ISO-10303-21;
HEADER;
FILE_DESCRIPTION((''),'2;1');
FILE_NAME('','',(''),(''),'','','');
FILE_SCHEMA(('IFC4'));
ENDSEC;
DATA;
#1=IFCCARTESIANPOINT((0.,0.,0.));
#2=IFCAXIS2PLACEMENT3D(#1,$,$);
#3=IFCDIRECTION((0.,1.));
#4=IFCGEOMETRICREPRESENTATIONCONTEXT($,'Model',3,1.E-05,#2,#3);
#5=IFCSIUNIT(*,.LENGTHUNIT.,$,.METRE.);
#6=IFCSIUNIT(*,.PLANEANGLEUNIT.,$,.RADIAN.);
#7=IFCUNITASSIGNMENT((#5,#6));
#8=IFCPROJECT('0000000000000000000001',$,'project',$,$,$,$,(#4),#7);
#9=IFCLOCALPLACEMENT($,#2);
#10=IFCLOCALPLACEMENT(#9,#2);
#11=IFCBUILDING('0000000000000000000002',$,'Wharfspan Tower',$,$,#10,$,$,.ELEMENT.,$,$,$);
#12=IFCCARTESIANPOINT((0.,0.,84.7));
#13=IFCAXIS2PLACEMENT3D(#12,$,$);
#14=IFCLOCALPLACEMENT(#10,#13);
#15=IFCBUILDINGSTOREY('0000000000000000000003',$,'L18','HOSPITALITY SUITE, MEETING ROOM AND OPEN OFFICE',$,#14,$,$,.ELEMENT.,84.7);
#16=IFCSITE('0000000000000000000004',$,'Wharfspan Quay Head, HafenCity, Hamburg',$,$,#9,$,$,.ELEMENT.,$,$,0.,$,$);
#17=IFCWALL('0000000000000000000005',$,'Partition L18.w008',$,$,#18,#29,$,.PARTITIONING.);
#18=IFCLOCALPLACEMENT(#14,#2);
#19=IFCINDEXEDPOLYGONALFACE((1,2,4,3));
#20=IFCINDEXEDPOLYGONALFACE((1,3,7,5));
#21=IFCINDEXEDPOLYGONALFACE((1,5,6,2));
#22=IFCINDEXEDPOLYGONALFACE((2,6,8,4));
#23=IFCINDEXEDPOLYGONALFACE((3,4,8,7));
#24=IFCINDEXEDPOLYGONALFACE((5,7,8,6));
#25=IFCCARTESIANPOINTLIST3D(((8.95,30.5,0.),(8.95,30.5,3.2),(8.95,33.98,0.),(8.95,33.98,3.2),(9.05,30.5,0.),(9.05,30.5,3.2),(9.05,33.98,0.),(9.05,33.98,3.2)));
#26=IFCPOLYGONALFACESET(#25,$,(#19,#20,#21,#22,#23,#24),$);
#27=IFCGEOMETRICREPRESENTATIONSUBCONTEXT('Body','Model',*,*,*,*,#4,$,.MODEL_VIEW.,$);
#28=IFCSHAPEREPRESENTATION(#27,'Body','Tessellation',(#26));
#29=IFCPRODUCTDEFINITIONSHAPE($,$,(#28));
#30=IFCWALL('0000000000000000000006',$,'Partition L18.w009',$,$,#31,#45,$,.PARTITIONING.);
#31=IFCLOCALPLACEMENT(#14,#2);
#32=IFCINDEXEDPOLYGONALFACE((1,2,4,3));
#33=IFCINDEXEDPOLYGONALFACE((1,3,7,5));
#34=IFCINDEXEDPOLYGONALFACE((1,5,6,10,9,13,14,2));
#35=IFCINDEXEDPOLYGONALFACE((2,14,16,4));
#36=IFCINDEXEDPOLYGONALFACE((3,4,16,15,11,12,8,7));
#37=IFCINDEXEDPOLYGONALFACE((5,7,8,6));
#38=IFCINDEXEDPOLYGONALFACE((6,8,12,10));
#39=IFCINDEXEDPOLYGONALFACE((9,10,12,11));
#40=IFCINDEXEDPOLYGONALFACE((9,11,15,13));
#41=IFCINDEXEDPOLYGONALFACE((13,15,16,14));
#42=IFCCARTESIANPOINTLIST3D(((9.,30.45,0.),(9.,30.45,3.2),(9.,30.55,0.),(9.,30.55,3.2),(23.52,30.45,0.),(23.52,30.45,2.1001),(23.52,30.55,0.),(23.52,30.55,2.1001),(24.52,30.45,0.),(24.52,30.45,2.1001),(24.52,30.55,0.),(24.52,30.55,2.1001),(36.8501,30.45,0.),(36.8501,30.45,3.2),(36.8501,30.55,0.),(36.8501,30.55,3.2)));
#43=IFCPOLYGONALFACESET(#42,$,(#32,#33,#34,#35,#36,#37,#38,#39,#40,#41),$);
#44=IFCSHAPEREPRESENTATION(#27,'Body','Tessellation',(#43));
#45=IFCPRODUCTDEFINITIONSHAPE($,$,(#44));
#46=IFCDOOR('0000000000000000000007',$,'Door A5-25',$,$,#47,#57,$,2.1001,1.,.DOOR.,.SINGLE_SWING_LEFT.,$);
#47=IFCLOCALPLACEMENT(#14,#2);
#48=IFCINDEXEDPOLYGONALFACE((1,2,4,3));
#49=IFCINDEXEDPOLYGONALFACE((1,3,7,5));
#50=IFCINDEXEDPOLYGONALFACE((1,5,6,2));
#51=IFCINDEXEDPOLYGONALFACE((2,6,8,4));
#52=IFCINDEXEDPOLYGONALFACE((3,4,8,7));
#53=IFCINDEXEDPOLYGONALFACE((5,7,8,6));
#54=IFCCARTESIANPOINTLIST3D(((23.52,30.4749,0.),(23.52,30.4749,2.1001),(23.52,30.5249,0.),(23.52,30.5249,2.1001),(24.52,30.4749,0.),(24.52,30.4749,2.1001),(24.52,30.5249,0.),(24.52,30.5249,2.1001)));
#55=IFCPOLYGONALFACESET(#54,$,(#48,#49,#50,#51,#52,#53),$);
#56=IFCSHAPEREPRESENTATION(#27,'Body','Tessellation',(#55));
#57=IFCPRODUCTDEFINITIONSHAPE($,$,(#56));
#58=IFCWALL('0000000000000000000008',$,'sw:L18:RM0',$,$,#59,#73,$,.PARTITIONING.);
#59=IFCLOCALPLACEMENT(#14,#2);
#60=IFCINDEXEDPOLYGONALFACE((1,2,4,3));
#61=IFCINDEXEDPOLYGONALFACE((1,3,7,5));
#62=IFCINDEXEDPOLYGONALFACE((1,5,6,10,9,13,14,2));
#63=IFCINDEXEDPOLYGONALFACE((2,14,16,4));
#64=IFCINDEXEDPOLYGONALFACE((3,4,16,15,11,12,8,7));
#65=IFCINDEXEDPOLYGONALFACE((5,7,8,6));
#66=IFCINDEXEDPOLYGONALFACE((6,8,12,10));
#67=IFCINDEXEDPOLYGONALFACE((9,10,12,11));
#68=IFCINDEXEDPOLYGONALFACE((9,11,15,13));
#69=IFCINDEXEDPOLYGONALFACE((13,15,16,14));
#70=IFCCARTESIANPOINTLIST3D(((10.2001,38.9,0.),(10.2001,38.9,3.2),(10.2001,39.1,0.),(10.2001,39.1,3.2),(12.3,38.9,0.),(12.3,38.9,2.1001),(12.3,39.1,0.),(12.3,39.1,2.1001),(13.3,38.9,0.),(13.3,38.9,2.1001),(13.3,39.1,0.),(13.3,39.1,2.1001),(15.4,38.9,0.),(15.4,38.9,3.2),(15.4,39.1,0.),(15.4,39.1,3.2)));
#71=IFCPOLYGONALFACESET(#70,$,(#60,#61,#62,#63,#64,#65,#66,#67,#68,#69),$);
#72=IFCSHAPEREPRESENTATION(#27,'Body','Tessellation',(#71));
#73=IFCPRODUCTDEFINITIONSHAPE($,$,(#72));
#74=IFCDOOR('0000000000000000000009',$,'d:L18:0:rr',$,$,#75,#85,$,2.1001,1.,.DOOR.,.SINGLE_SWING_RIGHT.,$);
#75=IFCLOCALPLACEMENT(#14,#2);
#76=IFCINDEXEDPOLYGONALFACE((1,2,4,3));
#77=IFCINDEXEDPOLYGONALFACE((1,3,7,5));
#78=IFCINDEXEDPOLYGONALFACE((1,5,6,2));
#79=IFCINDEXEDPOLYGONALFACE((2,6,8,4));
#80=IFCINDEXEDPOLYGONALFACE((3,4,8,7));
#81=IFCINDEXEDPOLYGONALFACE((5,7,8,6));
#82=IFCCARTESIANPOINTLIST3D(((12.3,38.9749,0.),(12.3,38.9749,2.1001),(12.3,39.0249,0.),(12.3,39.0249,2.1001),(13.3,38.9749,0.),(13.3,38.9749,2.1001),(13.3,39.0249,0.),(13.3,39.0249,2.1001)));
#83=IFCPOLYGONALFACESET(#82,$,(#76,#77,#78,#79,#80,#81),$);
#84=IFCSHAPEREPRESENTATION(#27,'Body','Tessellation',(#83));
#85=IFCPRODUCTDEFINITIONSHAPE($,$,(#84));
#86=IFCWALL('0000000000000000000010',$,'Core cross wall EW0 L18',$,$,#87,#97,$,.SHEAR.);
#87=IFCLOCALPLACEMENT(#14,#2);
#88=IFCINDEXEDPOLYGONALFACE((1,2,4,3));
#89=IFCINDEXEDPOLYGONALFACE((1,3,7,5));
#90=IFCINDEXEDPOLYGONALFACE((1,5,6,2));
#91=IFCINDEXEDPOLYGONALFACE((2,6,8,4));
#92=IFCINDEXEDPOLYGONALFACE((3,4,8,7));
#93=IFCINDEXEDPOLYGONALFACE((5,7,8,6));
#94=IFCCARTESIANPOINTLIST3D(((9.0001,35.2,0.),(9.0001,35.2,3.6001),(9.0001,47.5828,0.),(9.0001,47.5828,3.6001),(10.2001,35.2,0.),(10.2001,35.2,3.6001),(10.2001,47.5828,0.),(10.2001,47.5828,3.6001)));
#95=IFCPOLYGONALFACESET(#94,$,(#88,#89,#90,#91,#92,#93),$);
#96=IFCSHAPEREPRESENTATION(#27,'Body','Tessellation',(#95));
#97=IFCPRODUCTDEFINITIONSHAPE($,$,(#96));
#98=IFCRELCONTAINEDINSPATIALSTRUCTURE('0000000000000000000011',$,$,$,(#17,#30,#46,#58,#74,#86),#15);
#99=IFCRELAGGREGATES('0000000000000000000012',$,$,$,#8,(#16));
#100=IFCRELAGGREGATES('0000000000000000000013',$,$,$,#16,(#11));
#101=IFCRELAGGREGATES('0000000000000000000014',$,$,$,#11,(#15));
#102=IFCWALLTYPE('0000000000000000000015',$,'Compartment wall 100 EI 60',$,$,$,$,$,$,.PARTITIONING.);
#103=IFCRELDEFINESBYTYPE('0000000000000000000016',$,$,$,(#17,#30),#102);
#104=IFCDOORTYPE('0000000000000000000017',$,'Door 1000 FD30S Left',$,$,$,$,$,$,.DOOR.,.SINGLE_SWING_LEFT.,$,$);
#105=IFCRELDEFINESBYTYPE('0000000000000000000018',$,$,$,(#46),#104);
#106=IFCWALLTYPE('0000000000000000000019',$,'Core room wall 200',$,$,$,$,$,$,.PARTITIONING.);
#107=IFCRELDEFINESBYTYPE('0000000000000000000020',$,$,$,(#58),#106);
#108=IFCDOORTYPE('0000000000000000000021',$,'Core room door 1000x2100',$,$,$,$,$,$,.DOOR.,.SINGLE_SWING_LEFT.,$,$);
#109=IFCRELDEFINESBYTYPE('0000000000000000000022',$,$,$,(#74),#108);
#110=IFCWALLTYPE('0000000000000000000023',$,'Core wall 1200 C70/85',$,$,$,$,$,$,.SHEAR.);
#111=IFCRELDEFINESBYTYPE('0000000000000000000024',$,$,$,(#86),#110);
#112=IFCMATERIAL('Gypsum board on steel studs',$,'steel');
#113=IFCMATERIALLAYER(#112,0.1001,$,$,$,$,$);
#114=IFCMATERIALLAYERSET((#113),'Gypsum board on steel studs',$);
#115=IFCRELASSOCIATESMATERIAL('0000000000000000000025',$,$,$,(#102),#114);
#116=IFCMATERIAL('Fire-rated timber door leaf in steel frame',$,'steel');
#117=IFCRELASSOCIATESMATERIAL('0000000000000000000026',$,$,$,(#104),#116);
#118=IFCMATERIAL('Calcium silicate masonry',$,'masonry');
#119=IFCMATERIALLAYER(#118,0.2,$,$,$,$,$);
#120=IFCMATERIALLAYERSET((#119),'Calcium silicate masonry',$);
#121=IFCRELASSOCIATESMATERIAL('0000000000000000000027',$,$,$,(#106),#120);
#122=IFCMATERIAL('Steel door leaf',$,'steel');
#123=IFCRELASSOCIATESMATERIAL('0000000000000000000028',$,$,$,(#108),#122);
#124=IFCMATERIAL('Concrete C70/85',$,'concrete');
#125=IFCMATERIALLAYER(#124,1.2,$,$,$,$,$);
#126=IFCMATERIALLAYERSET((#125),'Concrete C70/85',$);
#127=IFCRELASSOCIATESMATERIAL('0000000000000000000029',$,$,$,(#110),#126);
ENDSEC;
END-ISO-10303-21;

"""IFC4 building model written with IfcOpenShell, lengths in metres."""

from ifc_helpers import new_model, si_unit, direction, frame, frame_2d, origin, place, context, subcontext, project, spatial, rectangle, extrude, material, layer, layer_set, type_object, element, fill, save


model = new_model("IFC4")

# Units and contexts
model_context = context("Model", 3, precision=1e-05, world=origin(), true_north=direction((0.0, 1.0)))
body_context = subcontext(model_context, "Body", "Model", "MODEL_VIEW")
ifc_project = project(units=[si_unit("LENGTHUNIT", "METRE"), si_unit("PLANEANGLEUNIT", "RADIAN")], contexts=[model_context])

# Site, building, storey
site_placement = place(None, origin())
site = spatial("IfcSite", under=ifc_project, at=site_placement, Name="Wharfspan Quay Head, HafenCity, Hamburg", CompositionType="ELEMENT", RefElevation=0.0)
building_placement = place(site_placement, origin())
building = spatial("IfcBuilding", under=site, at=building_placement, Name="Wharfspan Tower", CompositionType="ELEMENT")
storey_placement = place(building_placement, frame((0.0, 0.0, 84.7)))
storey = spatial("IfcBuildingStorey", under=building, at=storey_placement, Name="L18", Description="HOSPITALITY SUITE, MEETING ROOM AND OPEN OFFICE", CompositionType="ELEMENT", Elevation=84.7)

# Wall
ifc_material_1 = material(Name="Gypsum board on steel studs", Category="steel")
ifc_layer_1 = layer(ifc_material_1, 0.1001)
ifc_layer_set_1 = layer_set([ifc_layer_1], Name="Gypsum board on steel studs")
wall_type_1 = type_object("IfcWallType", Name="Compartment wall 100 EI 60", PredefinedType="PARTITIONING", material=ifc_layer_set_1)
wall_1_placement = place(storey_placement, frame((9.0, 30.5, 0.0), z_axis=(0.0, 0.0, 1.0), x_axis=(0.0, 1.0, 0.0)))
element("IfcWall", 1, at=wall_1_placement, inside=storey, type_object=wall_type_1, Name="Partition L18.w008", PredefinedType="PARTITIONING", context=body_context, shape_type="SweptSolid", body=[
    extrude(rectangle(XDim=3.48, YDim=0.1001, at=frame_2d((1.74, 0.0))), origin(), (0.0, 0.0, 1.0), 3.2),
])

# Walls, openings, doors
wall_2_placement = place(storey_placement, frame((9.0, 30.5, 0.0), z_axis=(0.0, 0.0, 1.0), x_axis=(1.0, 0.0, 0.0)))
wall_2 = element("IfcWall", 2, at=wall_2_placement, inside=storey, type_object=wall_type_1, Name="Partition L18.w009", PredefinedType="PARTITIONING", context=body_context, shape_type="SweptSolid", body=[
    extrude(rectangle(XDim=27.8501, YDim=0.1001, at=frame_2d((13.925, 0.0))), origin(), (0.0, 0.0, 1.0), 3.2),
])
opening_1_placement = place(wall_2_placement, frame((14.52, 0.0, 0.0)))
opening_1 = element("IfcOpeningElement", 3, at=opening_1_placement, cuts=wall_2, PredefinedType="OPENING", context=body_context, shape_type="SweptSolid", body=[
    extrude(rectangle(XDim=1.0, YDim=2.1001, at=frame_2d((0.5, 1.05))), frame((0.0, 0.0601, 0.0), z_axis=(0.0, -1.0, 0.0), x_axis=(1.0, 0.0, 0.0)), (0.0, 0.0, 1.0), 0.1201),
])
ifc_material_2 = material(Name="Fire-rated timber door leaf in steel frame", Category="steel")
door_type_1 = type_object("IfcDoorType", Name="Door 1000 FD30S Left", OperationType="SINGLE_SWING_LEFT", PredefinedType="DOOR", material=ifc_material_2)
door_1_placement = place(opening_1_placement, origin())
door_1 = element("IfcDoor", 4, at=door_1_placement, inside=storey, type_object=door_type_1, Name="Door A5-25", OperationType="SINGLE_SWING_LEFT", OverallHeight=2.1001, OverallWidth=1.0, PredefinedType="DOOR", context=body_context, shape_type="SweptSolid", body=[
    extrude(rectangle(XDim=1.0, YDim=2.1001, at=frame_2d((0.5, 1.05))), frame((0.0, 0.0249, 0.0), z_axis=(0.0, -1.0, 0.0), x_axis=(1.0, 0.0, 0.0)), (0.0, 0.0, 1.0), 0.05),
])
fill(opening_1, door_1)
ifc_material_3 = material(Name="Calcium silicate masonry", Category="masonry")
ifc_layer_2 = layer(ifc_material_3, 0.2)
ifc_layer_set_2 = layer_set([ifc_layer_2], Name="Calcium silicate masonry")
wall_type_2 = type_object("IfcWallType", Name="Core room wall 200", PredefinedType="PARTITIONING", material=ifc_layer_set_2)
wall_3_placement = place(storey_placement, frame((10.2, 39.0, 0.0), z_axis=(0.0, 0.0, 1.0), x_axis=(1.0, 0.0, 0.0)))
wall_3 = element("IfcWall", 5, at=wall_3_placement, inside=storey, type_object=wall_type_2, Name="sw:L18:RM0", PredefinedType="PARTITIONING", context=body_context, shape_type="SweptSolid", body=[
    extrude(rectangle(XDim=5.2, YDim=0.2, at=frame_2d((2.6001, 0.0))), origin(), (0.0, 0.0, 1.0), 3.2),
])
opening_2_placement = place(wall_3_placement, frame((2.1001, 0.0, 0.0)))
opening_2 = element("IfcOpeningElement", 6, at=opening_2_placement, cuts=wall_3, PredefinedType="OPENING", context=body_context, shape_type="SweptSolid", body=[
    extrude(rectangle(XDim=1.0, YDim=2.1001, at=frame_2d((0.5, 1.05))), frame((0.0, 0.1099, 0.0), z_axis=(0.0, -1.0, 0.0), x_axis=(1.0, 0.0, 0.0)), (0.0, 0.0, 1.0), 0.22),
])
ifc_material_4 = material(Name="Steel door leaf", Category="steel")
door_type_2 = type_object("IfcDoorType", Name="Core room door 1000x2100", OperationType="SINGLE_SWING_LEFT", PredefinedType="DOOR", material=ifc_material_4)
door_2_placement = place(opening_2_placement, origin())
door_2 = element("IfcDoor", 7, at=door_2_placement, inside=storey, type_object=door_type_2, Name="d:L18:0:rr", OperationType="SINGLE_SWING_RIGHT", OverallHeight=2.1001, OverallWidth=1.0, PredefinedType="DOOR", context=body_context, shape_type="SweptSolid", body=[
    extrude(rectangle(XDim=1.0, YDim=2.1001, at=frame_2d((0.5, 1.05))), frame((0.0, 0.0249, 0.0), z_axis=(0.0, -1.0, 0.0), x_axis=(1.0, 0.0, 0.0)), (0.0, 0.0, 1.0), 0.05),
])
fill(opening_2, door_2)

# Shared definitions
ifc_material_5 = material(Name="Concrete C70/85", Category="concrete")
ifc_layer_3 = layer(ifc_material_5, 1.2)
ifc_layer_set_3 = layer_set([ifc_layer_3], Name="Concrete C70/85")
wall_type_3 = type_object("IfcWallType", Name="Core wall 1200 C70/85", PredefinedType="SHEAR", material=ifc_layer_set_3)

# Wall
wall_4_placement = place(storey_placement, frame((9.6001, 35.2, 0.0), z_axis=(0.0, 0.0, 1.0), x_axis=(0.0, 1.0, 0.0)))
element("IfcWall", 8, at=wall_4_placement, inside=storey, type_object=wall_type_3, Name="Core cross wall EW0 L18", PredefinedType="SHEAR", context=body_context, shape_type="SweptSolid", body=[
    extrude(rectangle(XDim=12.3828, YDim=1.2, at=frame_2d((6.1914, 0.0))), origin(), (0.0, 0.0, 1.0), 3.6001),
])

save(model, "model.ifc")
